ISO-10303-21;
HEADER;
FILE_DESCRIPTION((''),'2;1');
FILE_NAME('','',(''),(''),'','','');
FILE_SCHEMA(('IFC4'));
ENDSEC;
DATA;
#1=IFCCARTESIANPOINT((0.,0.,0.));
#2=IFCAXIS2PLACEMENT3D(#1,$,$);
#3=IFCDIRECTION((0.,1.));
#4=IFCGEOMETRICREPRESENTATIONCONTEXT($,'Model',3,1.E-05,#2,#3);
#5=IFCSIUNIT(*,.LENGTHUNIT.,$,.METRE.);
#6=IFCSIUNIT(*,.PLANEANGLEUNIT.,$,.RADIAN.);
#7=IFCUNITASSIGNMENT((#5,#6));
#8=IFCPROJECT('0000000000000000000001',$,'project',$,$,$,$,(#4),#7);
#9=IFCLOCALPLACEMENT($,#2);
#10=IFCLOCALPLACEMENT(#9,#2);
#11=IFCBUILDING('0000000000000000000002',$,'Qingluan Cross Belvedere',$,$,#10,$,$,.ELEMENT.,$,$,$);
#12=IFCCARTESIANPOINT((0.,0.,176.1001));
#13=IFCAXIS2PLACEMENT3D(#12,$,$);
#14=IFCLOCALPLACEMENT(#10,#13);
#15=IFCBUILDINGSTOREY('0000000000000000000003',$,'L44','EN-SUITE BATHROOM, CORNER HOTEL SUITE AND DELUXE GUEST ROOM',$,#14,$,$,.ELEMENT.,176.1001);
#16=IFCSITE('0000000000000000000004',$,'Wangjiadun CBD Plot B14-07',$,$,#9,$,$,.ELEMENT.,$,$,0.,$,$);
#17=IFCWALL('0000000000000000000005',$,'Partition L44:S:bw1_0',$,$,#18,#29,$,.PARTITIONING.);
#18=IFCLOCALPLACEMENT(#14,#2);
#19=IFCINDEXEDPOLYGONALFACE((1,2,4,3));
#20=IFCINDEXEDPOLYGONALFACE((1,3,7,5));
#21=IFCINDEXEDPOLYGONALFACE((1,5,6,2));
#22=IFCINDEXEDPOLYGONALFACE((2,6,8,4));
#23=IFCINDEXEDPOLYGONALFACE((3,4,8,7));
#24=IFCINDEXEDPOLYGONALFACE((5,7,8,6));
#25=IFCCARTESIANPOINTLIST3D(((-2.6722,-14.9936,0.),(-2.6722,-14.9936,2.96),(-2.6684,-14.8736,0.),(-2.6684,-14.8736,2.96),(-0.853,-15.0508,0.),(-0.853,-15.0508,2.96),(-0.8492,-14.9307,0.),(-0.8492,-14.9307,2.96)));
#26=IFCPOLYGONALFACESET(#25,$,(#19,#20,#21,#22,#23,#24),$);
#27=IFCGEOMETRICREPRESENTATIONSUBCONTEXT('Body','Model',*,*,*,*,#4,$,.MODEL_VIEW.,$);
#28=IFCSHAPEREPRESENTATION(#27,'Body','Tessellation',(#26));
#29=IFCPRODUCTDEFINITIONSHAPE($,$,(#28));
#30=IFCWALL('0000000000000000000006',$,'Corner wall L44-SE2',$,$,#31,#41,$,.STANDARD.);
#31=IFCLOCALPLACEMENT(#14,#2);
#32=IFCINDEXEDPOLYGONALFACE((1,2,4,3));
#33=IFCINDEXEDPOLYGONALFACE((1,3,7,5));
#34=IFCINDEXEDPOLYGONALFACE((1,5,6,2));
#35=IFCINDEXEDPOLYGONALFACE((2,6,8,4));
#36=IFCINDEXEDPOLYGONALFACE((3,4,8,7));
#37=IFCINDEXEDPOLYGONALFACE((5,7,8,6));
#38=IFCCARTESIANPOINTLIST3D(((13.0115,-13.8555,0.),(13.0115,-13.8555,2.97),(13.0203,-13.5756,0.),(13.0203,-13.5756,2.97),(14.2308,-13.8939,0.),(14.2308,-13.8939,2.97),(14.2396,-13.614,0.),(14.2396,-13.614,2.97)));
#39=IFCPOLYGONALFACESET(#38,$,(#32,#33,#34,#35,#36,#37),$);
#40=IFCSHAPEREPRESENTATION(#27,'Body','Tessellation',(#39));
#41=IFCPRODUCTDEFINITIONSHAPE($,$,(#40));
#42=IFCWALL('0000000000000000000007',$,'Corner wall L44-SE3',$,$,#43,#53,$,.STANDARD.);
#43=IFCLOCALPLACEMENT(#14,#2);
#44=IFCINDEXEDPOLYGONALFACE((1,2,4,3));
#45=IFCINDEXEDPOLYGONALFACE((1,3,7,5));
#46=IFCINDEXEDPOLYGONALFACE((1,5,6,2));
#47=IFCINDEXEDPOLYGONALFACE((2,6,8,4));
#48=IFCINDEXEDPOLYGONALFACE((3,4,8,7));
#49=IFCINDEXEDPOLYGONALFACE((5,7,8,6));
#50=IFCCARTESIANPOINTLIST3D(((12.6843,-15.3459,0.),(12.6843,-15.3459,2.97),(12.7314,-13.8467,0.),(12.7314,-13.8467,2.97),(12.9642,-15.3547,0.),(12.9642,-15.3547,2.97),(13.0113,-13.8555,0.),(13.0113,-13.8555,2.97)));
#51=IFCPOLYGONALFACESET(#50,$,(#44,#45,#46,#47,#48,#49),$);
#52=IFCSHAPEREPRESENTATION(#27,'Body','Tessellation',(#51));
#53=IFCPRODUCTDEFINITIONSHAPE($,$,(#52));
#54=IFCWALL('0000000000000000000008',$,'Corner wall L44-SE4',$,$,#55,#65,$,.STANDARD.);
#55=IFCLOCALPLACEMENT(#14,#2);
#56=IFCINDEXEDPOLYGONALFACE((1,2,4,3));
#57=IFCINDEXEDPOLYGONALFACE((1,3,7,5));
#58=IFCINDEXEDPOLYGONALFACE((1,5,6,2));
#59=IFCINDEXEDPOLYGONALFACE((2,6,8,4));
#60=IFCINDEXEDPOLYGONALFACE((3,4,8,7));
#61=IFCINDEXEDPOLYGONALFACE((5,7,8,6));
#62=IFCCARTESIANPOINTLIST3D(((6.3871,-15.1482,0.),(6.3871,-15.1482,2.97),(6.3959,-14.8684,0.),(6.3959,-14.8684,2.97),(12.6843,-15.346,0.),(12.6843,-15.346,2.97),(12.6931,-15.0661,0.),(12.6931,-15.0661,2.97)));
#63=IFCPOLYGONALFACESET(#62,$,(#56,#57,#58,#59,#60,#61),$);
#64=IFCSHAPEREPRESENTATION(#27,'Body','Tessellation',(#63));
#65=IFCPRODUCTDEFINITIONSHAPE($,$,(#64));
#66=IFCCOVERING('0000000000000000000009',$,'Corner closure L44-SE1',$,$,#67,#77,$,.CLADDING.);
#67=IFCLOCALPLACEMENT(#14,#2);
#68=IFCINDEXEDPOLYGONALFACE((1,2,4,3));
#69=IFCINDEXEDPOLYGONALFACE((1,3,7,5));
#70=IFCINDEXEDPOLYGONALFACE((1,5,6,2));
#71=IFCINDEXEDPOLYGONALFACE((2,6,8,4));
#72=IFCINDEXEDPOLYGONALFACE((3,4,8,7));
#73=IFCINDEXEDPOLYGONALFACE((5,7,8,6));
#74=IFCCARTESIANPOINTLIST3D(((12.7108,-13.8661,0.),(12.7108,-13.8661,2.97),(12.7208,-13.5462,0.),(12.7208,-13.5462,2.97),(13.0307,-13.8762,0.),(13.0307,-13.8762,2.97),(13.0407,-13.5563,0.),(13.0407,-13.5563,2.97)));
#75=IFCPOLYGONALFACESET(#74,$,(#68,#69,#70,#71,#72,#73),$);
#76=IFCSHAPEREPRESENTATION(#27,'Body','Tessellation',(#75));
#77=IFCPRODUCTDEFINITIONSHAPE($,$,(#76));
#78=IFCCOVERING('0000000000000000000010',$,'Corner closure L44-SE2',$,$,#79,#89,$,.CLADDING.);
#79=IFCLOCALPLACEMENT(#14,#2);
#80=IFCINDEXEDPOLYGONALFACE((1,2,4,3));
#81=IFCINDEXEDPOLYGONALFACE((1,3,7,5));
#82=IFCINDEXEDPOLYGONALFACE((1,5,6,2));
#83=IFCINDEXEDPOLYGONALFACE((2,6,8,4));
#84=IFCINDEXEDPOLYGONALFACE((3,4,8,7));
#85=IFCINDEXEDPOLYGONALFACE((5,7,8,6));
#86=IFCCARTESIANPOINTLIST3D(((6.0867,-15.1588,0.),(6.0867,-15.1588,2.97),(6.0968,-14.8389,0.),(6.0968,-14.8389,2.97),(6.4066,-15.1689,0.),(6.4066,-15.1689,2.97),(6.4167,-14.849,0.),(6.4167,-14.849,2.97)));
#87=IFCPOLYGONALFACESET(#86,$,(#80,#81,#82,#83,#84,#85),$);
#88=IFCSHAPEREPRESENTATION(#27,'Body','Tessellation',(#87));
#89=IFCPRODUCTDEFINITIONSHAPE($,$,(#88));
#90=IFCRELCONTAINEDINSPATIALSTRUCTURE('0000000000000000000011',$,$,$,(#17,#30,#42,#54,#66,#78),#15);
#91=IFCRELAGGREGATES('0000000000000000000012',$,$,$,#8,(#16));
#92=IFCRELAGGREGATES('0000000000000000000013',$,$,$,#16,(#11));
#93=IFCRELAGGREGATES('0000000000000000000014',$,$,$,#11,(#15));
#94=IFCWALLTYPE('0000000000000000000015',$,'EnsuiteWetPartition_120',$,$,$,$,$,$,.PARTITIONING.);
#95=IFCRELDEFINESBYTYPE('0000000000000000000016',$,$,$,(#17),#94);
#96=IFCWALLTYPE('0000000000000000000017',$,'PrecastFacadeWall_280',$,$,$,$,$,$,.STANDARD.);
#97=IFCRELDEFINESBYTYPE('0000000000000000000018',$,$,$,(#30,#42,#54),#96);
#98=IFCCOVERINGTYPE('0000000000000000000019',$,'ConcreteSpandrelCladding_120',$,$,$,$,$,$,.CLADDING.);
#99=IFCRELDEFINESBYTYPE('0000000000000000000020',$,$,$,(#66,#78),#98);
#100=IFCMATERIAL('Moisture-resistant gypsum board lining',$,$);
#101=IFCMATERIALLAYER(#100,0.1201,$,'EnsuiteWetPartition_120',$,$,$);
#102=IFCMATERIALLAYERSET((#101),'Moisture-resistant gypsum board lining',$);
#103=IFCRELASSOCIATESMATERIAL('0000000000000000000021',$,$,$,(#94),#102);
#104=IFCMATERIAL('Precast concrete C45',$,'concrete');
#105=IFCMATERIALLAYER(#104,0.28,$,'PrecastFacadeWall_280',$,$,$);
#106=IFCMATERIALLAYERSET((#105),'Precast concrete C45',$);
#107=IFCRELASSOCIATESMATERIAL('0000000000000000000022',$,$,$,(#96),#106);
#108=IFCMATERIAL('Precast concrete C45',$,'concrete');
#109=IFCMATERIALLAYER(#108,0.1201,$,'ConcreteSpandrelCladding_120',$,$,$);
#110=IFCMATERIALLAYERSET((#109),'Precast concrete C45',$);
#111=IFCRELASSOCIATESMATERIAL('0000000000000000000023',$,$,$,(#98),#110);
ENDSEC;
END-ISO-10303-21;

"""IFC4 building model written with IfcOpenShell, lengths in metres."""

from ifc_helpers import new_model, si_unit, direction, frame, frame_2d, origin, origin_2d, place, context, subcontext, project, spatial, rectangle, extrude, material, layer, layer_set, type_object, element, save


model = new_model("IFC4")

# Units and contexts
model_context = context("Model", 3, precision=1e-05, world=origin(), true_north=direction((0.0, 1.0)))
body_context = subcontext(model_context, "Body", "Model", "MODEL_VIEW")
ifc_project = project(units=[si_unit("LENGTHUNIT", "METRE"), si_unit("PLANEANGLEUNIT", "RADIAN")], contexts=[model_context])

# Site, building, storey
site_placement = place(None, origin())
site = spatial("IfcSite", under=ifc_project, at=site_placement, Name="Wangjiadun CBD Plot B14-07", CompositionType="ELEMENT", RefElevation=0.0)
building_placement = place(site_placement, origin())
building = spatial("IfcBuilding", under=site, at=building_placement, Name="Qingluan Cross Belvedere", CompositionType="ELEMENT")
storey_placement = place(building_placement, frame((0.0, 0.0, 176.1001)))
storey = spatial("IfcBuildingStorey", under=building, at=storey_placement, Name="L44", Description="EN-SUITE BATHROOM, CORNER HOTEL SUITE AND DELUXE GUEST ROOM", CompositionType="ELEMENT", Elevation=176.1001)

# Walls
ifc_material_1 = material(Name="Moisture-resistant gypsum board lining")
ifc_layer_1 = layer(ifc_material_1, 0.1201, Name="EnsuiteWetPartition_120")
ifc_layer_set_1 = layer_set([ifc_layer_1], Name="Moisture-resistant gypsum board lining")
wall_type_1 = type_object("IfcWallType", Name="EnsuiteWetPartition_120", PredefinedType="PARTITIONING", material=ifc_layer_set_1)
wall_1_placement = place(storey_placement, frame((-2.6704, -14.9336, 0.0), z_axis=(0.0, 0.0, 1.0), x_axis=(0.999507, -0.03139, 0.0)))
element("IfcWall", 1, at=wall_1_placement, inside=storey, type_object=wall_type_1, Name="Partition L44:S:bw1_0", PredefinedType="PARTITIONING", context=body_context, shape_type="SweptSolid", body=[
    extrude(rectangle(XDim=1.8201, YDim=0.1201, at=frame_2d((0.9102, 0.0))), origin(), (0.0, 0.0, 1.0), 2.96),
])
ifc_material_2 = material(Name="Precast concrete C45", Category="concrete")
ifc_layer_2 = layer(ifc_material_2, 0.28, Name="PrecastFacadeWall_280")
ifc_layer_set_2 = layer_set([ifc_layer_2], Name="Precast concrete C45")
wall_type_2 = type_object("IfcWallType", Name="PrecastFacadeWall_280", PredefinedType="STANDARD", material=ifc_layer_set_2)
wall_2_placement = place(storey_placement, frame((14.2351, -13.7539, 0.0), z_axis=(0.0, 0.0, 1.0), x_axis=(-0.999506, 0.031416, 0.0)))
element("IfcWall", 2, at=wall_2_placement, inside=storey, type_object=wall_type_2, Name="Corner wall L44-SE2", PredefinedType="STANDARD", context=body_context, shape_type="SweptSolid", body=[
    extrude(rectangle(XDim=1.22, YDim=0.28, at=frame_2d((0.6099, 0.0))), origin(), (0.0, 0.0, 1.0), 2.97),
])
wall_3_placement = place(storey_placement, frame((12.8713, -13.8511, 0.0), z_axis=(0.0, 0.0, 1.0), x_axis=(-0.031413, -0.999507, 0.0)))
element("IfcWall", 3, at=wall_3_placement, inside=storey, type_object=wall_type_2, Name="Corner wall L44-SE3", PredefinedType="STANDARD", context=body_context, shape_type="SweptSolid", body=[
    extrude(rectangle(XDim=1.5, YDim=0.28, at=frame_2d((0.75, 0.0))), origin(), (0.0, 0.0, 1.0), 2.97),
])
wall_4_placement = place(storey_placement, frame((12.6887, -15.2061, 0.0), z_axis=(0.0, 0.0, 1.0), x_axis=(-0.999507, 0.031388, 0.0)))
element("IfcWall", 4, at=wall_4_placement, inside=storey, type_object=wall_type_2, Name="Corner wall L44-SE4", PredefinedType="STANDARD", context=body_context, shape_type="SweptSolid", body=[
    extrude(rectangle(XDim=6.3003, YDim=0.28, at=frame_2d((3.1501, 0.0))), origin(), (0.0, 0.0, 1.0), 2.97),
])

# Coverings
ifc_material_3 = material(Name="Precast concrete C45", Category="concrete")
ifc_layer_3 = layer(ifc_material_3, 0.1201, Name="ConcreteSpandrelCladding_120")
ifc_layer_set_3 = layer_set([ifc_layer_3], Name="Precast concrete C45")
covering_type = type_object("IfcCoveringType", Name="ConcreteSpandrelCladding_120", PredefinedType="CLADDING", material=ifc_layer_set_3)
for number, where, z_axis, x_axis, name in (
    (5, (12.8757, -13.7112, 0.0), (0.0, 0.0, 1.0), (0.999507, -0.031411, 0.0), "Corner closure L44-SE1"),
    (6, (6.2517, -15.0039, 0.0), (0.0, 0.0, 1.0), (0.999507, -0.031411, 0.0), "Corner closure L44-SE2"),
):
    element("IfcCovering", number, at=place(storey_placement, frame(where, z_axis=z_axis, x_axis=x_axis)), inside=storey, type_object=covering_type, Name=name, PredefinedType="CLADDING", context=body_context, shape_type="SweptSolid", body=[
        extrude(rectangle(XDim=0.3201, YDim=0.3201, at=origin_2d()), origin(), (0.0, 0.0, 1.0), 2.97),
    ])

save(model, "model.ifc")
